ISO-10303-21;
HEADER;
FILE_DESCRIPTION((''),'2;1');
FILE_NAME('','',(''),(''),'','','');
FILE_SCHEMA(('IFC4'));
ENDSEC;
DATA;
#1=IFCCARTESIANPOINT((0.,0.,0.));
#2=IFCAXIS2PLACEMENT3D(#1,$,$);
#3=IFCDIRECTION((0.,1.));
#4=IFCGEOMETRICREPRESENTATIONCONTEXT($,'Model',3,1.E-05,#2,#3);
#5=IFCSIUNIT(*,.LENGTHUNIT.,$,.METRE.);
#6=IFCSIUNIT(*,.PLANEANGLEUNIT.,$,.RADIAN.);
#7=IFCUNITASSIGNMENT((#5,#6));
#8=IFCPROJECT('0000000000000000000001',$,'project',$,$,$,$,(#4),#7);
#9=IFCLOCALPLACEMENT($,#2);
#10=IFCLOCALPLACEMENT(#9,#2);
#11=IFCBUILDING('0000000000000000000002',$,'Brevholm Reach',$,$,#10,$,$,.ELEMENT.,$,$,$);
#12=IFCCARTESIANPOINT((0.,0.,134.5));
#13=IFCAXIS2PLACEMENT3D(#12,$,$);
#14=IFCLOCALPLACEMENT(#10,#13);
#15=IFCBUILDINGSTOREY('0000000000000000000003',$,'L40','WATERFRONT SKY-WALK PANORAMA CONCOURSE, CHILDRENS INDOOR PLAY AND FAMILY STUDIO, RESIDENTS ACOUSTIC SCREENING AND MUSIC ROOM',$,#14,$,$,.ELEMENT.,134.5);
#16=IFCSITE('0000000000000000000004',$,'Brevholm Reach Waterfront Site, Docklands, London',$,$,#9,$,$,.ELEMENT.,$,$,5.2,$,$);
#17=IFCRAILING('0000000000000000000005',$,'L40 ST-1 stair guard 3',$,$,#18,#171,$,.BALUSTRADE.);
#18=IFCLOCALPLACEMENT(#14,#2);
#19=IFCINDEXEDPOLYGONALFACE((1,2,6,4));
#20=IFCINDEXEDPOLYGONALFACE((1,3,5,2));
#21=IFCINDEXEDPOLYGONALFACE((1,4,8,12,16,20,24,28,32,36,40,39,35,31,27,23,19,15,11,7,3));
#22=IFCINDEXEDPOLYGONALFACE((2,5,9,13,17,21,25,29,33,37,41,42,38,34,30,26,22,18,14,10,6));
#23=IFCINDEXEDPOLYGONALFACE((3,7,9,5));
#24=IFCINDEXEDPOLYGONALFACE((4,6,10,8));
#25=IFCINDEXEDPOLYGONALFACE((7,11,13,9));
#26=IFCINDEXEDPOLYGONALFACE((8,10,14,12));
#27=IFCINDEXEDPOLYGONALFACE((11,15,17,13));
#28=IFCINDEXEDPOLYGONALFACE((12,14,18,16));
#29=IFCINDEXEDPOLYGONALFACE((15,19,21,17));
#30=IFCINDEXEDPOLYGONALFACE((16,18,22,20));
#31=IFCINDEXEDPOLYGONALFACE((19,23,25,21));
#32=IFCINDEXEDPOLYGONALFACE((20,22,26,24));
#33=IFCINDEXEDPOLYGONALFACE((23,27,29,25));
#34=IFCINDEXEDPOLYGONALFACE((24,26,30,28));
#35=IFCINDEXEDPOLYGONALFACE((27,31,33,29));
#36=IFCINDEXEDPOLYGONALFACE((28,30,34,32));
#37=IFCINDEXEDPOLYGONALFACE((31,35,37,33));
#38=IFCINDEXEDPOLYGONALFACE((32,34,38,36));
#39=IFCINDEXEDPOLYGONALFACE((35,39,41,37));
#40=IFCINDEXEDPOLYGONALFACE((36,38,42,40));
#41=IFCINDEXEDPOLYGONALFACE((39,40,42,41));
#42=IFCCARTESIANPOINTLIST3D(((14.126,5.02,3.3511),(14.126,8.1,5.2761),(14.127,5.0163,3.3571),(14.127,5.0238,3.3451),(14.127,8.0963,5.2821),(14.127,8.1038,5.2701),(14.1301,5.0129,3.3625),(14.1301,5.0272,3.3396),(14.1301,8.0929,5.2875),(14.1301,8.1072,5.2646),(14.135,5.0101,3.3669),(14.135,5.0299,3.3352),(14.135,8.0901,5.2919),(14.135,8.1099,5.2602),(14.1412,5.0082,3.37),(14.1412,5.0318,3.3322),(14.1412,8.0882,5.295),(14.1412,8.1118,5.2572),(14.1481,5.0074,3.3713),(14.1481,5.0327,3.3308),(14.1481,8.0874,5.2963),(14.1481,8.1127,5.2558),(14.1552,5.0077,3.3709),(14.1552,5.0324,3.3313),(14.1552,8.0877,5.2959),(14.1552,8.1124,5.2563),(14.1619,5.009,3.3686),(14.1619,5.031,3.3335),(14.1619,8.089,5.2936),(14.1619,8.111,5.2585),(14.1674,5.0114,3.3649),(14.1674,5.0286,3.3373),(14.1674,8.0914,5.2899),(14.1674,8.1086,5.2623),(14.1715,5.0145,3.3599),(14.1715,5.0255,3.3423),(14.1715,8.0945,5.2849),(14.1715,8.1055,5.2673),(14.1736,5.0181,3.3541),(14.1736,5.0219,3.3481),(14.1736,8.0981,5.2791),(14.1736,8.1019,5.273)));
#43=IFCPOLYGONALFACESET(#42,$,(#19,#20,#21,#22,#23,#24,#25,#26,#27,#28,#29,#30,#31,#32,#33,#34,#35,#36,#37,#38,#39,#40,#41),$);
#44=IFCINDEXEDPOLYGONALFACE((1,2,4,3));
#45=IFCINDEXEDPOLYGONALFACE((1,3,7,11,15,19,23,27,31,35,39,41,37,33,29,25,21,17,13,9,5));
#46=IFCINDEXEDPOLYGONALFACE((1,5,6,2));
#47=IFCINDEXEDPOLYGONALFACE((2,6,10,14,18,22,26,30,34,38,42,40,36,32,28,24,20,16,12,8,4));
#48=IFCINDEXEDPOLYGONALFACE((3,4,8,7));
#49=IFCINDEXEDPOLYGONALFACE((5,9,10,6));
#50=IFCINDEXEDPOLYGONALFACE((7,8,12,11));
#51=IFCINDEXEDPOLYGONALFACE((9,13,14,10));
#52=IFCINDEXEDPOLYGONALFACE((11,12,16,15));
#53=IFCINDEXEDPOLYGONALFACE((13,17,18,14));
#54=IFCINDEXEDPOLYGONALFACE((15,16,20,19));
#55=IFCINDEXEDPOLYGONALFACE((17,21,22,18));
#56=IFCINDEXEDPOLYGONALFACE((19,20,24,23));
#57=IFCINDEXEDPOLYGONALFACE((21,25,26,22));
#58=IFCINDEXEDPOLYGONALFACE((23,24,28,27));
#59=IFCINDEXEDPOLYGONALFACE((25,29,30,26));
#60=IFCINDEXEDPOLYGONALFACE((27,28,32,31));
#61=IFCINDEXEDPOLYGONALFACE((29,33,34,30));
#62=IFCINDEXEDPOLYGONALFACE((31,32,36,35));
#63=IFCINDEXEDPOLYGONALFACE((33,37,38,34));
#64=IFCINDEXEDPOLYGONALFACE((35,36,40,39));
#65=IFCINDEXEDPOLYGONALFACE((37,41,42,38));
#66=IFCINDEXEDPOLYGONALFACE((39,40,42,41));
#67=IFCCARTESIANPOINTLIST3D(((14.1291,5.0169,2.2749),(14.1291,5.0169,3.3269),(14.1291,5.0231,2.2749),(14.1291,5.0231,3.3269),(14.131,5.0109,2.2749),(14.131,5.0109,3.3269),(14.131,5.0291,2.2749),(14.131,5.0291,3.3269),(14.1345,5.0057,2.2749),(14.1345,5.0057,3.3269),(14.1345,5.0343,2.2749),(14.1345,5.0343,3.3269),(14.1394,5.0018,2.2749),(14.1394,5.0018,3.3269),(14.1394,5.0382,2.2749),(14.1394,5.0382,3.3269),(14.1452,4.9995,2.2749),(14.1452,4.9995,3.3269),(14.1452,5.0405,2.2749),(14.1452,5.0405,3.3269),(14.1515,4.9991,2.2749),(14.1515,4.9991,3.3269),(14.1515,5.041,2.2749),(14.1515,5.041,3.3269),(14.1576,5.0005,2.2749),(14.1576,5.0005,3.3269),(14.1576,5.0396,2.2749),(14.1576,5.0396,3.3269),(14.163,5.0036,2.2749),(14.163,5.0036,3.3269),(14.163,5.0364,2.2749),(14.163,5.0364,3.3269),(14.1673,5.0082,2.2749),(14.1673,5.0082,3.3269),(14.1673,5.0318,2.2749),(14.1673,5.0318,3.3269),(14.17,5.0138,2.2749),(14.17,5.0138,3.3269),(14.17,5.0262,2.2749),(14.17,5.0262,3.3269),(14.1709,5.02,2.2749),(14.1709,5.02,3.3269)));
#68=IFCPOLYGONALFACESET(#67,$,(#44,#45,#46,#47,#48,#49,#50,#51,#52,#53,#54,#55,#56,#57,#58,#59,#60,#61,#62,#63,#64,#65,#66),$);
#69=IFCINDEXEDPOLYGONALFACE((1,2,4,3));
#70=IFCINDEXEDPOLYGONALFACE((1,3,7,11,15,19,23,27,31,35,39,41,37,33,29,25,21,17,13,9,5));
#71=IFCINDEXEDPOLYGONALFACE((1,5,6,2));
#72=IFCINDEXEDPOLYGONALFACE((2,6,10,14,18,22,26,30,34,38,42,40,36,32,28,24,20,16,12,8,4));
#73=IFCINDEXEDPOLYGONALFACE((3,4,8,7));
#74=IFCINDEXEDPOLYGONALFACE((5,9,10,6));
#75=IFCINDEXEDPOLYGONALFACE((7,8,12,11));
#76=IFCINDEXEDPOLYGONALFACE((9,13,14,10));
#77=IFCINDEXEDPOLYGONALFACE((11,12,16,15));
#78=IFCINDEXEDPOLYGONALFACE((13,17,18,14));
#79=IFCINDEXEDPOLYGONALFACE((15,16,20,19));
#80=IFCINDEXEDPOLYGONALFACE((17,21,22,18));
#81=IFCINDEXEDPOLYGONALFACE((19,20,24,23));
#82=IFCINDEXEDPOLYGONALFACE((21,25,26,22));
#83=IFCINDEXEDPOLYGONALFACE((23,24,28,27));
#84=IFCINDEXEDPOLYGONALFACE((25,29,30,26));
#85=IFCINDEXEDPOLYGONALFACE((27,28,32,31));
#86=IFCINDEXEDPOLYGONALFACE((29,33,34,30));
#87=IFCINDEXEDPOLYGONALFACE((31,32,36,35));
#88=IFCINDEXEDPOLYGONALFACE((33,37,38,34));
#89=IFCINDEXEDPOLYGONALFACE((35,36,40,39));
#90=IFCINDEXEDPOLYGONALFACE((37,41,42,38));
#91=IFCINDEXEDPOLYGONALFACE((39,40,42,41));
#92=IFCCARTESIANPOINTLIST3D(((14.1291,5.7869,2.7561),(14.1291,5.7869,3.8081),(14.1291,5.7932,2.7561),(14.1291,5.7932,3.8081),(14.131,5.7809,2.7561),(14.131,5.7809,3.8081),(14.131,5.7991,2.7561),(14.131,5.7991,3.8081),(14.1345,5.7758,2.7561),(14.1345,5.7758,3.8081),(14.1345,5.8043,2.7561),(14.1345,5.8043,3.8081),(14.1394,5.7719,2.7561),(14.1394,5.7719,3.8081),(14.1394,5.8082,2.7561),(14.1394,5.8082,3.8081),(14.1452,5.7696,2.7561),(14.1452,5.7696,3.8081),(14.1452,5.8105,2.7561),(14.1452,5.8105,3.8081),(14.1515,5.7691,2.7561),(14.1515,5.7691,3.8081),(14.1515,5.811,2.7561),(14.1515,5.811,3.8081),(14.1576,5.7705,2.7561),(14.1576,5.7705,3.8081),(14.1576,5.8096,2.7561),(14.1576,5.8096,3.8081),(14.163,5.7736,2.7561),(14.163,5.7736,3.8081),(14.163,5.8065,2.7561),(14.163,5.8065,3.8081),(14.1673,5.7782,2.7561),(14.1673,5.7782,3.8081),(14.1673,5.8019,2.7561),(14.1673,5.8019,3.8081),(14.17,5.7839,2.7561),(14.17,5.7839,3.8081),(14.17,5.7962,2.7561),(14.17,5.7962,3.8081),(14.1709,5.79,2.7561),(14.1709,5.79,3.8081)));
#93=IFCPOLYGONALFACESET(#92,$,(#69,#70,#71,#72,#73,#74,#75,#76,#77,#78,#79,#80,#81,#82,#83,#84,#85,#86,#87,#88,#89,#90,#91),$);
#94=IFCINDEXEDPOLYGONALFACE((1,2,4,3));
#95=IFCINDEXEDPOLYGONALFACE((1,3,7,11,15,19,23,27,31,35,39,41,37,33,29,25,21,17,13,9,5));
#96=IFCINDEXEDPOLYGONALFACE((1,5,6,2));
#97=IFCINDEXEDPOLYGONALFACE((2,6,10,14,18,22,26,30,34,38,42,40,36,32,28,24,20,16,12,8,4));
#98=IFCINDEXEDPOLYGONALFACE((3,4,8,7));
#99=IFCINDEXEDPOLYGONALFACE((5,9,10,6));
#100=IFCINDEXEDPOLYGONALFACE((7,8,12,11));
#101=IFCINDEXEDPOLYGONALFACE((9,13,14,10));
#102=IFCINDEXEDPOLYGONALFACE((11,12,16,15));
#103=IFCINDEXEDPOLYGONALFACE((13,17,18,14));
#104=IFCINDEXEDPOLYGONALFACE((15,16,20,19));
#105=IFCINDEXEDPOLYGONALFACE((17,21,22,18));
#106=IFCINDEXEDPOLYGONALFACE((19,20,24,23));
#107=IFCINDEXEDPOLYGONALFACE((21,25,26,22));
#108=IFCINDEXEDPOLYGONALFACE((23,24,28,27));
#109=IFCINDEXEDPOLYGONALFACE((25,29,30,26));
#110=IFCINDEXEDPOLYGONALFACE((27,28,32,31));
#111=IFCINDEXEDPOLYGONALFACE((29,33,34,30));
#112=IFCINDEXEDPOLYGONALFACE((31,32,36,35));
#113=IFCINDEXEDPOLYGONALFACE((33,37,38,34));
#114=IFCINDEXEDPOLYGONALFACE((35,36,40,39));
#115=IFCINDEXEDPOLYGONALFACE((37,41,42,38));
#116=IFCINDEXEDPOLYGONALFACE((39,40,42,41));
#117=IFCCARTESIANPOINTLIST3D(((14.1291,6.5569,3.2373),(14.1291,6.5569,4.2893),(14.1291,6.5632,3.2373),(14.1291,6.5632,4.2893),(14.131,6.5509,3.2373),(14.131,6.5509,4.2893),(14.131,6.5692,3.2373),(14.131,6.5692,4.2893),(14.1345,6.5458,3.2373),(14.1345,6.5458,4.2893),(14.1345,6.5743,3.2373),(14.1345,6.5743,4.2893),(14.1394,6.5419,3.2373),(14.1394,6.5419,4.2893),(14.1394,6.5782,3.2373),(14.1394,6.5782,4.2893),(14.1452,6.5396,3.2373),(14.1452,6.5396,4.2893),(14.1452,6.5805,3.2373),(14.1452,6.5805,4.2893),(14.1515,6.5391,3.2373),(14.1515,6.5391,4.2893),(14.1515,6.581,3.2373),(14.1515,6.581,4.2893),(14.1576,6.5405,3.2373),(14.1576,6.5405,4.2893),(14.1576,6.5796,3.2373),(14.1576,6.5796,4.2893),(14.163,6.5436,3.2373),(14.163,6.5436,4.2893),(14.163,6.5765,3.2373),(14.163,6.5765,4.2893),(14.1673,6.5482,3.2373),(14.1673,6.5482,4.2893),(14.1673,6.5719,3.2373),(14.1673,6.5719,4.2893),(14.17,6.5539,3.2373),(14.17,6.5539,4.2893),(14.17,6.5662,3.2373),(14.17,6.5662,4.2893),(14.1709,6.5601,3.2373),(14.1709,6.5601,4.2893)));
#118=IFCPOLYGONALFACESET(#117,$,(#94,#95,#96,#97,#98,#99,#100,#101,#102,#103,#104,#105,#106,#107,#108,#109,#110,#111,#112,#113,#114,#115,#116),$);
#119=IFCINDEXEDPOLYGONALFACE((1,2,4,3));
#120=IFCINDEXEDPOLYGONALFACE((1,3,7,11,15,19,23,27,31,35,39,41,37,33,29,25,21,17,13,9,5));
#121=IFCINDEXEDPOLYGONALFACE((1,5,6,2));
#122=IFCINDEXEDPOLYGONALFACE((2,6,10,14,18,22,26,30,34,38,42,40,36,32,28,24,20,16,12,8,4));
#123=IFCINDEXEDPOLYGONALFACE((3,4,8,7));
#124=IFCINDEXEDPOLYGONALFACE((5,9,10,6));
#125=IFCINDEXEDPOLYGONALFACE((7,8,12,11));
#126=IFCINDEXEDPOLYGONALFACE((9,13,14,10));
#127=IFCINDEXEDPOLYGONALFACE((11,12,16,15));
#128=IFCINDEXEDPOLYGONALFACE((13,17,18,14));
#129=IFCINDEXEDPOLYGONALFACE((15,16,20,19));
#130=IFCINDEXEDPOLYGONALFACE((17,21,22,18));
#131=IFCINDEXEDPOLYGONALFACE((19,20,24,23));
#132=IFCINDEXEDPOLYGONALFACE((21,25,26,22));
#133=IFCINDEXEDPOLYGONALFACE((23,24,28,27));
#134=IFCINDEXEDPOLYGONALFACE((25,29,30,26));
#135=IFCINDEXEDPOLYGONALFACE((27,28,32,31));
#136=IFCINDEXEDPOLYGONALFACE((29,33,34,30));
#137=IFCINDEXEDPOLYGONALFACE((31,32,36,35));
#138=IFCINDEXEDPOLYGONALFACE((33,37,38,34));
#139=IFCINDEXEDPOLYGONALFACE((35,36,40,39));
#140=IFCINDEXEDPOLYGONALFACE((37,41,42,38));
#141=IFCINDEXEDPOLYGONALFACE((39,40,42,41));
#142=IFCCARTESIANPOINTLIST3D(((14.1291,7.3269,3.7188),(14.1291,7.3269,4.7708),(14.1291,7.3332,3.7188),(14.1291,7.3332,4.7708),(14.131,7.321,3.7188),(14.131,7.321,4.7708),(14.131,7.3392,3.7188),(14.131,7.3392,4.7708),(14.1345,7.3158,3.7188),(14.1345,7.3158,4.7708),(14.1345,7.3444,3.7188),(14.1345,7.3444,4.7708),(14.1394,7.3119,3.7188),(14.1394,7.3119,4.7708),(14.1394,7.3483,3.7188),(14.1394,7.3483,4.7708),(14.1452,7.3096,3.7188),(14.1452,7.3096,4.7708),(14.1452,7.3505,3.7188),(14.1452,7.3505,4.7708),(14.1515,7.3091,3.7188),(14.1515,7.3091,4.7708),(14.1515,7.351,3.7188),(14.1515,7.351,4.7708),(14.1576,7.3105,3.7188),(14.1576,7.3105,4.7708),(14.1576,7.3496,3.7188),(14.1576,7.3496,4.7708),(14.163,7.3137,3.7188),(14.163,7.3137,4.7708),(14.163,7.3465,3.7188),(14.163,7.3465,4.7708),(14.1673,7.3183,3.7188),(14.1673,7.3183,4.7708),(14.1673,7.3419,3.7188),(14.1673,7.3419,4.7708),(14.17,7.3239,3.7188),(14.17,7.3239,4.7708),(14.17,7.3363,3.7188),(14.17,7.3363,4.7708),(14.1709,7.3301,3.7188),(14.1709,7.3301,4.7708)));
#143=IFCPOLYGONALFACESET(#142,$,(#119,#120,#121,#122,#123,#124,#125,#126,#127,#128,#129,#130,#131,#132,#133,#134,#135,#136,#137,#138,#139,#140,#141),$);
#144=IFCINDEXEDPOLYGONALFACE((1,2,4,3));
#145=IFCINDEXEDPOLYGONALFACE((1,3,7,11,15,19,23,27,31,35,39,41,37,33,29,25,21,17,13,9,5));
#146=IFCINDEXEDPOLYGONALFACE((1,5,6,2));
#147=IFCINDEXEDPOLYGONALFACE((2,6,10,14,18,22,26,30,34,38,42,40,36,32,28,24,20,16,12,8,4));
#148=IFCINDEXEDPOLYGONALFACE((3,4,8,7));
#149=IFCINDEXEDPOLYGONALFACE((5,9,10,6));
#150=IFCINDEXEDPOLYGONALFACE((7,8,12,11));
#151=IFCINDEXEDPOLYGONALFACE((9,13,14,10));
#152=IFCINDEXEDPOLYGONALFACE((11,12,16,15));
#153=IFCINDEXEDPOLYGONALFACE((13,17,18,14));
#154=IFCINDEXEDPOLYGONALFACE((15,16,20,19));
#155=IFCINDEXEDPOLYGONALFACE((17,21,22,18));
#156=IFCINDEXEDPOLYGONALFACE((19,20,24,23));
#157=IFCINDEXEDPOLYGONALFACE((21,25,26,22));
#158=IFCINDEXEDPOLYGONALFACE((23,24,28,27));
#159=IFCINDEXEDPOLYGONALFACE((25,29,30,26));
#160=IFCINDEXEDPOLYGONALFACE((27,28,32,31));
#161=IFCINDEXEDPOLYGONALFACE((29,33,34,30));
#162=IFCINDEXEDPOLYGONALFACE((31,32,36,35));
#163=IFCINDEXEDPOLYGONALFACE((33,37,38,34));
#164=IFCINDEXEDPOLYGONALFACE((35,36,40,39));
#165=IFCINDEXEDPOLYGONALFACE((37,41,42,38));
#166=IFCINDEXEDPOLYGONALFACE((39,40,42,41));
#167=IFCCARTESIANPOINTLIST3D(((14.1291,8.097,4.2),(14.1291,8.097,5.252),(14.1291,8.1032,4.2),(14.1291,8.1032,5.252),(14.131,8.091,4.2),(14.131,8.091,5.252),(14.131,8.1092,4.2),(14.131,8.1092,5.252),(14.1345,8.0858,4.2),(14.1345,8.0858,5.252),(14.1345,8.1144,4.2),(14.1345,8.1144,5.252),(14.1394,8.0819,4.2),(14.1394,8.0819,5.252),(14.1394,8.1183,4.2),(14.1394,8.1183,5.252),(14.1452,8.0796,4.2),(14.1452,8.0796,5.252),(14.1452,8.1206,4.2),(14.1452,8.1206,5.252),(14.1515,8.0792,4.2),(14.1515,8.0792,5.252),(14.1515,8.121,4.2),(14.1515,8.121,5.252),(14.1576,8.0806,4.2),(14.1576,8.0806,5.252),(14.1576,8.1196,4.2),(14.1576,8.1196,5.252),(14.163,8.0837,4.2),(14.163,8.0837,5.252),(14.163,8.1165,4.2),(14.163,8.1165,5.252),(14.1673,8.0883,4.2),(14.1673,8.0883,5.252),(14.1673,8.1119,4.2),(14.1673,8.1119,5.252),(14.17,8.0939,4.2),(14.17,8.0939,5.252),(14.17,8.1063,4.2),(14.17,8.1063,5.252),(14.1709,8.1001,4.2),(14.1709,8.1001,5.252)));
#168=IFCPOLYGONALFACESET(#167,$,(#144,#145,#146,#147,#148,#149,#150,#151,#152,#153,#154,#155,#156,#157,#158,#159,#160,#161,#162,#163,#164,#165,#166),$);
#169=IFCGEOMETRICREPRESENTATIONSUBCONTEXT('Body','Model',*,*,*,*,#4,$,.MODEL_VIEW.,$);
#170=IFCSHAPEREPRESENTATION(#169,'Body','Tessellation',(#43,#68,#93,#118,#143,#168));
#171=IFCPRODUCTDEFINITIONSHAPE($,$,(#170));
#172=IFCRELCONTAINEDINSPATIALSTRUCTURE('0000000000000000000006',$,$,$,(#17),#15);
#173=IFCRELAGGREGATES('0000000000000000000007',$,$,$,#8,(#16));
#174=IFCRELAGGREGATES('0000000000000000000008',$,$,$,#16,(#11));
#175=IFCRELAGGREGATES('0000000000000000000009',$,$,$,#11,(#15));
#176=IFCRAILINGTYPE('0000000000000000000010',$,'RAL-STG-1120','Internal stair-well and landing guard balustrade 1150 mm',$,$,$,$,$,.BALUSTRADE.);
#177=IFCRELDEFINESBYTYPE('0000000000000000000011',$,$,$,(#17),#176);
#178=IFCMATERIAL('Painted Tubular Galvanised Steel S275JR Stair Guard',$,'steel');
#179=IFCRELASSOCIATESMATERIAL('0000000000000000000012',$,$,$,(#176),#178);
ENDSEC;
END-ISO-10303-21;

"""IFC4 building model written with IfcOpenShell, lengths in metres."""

from ifc_helpers import new_model, si_unit, direction, frame, origin, origin_2d, place, context, subcontext, project, spatial, circle, extrude, material, type_object, element, save


model = new_model("IFC4")

# Units and contexts
model_context = context("Model", 3, precision=1e-05, world=origin(), true_north=direction((0.0, 1.0)))
body_context = subcontext(model_context, "Body", "Model", "MODEL_VIEW")
ifc_project = project(units=[si_unit("LENGTHUNIT", "METRE"), si_unit("PLANEANGLEUNIT", "RADIAN")], contexts=[model_context])

# Site, building, storey
site_placement = place(None, origin())
site = spatial("IfcSite", under=ifc_project, at=site_placement, Name="Brevholm Reach Waterfront Site, Docklands, London", CompositionType="ELEMENT", RefElevation=5.2)
building_placement = place(site_placement, origin())
building = spatial("IfcBuilding", under=site, at=building_placement, Name="Brevholm Reach", CompositionType="ELEMENT")
storey_placement = place(building_placement, frame((0.0, 0.0, 134.5)))
storey = spatial("IfcBuildingStorey", under=building, at=storey_placement, Name="L40", Description="WATERFRONT SKY-WALK PANORAMA CONCOURSE, CHILDRENS INDOOR PLAY AND FAMILY STUDIO, RESIDENTS ACOUSTIC SCREENING AND MUSIC ROOM", CompositionType="ELEMENT", Elevation=134.5)

# Railing
ifc_material_1 = material(Name="Painted Tubular Galvanised Steel S275JR Stair Guard", Category="steel")
railing_type_1 = type_object("IfcRailingType", Name="RAL-STG-1120", Description="Internal stair-well and landing guard balustrade 1150 mm", PredefinedType="BALUSTRADE", material=ifc_material_1)
railing_1_placement = place(storey_placement, frame((14.1499, 5.02, 2.2749)))
element("IfcRailing", 1, at=railing_1_placement, inside=storey, type_object=railing_type_1, Name="L40 ST-1 stair guard 3", PredefinedType="BALUSTRADE", context=body_context, shape_type="SweptSolid", body=[
    extrude(circle(Radius=0.0239, at=origin_2d()), frame((0.0, 0.0, 1.0762), z_axis=(0.0, 0.847998, 0.529999), x_axis=(-1.0, 0.0, 0.0)), (0.0, 0.0, 1.0), 3.6321),
    extrude(circle(Radius=0.021, at=origin_2d()), origin(), (0.0, 0.0, 1.0), 1.052),
    extrude(circle(Radius=0.021, at=origin_2d()), frame((0.0, 0.77, 0.4812)), (0.0, 0.0, 1.0), 1.052),
    extrude(circle(Radius=0.021, at=origin_2d()), frame((0.0, 1.54, 0.9624)), (0.0, 0.0, 1.0), 1.052),
    extrude(circle(Radius=0.021, at=origin_2d()), frame((0.0, 2.3101, 1.4438)), (0.0, 0.0, 1.0), 1.052),
    extrude(circle(Radius=0.021, at=origin_2d()), frame((0.0, 3.0801, 1.925)), (0.0, 0.0, 1.0), 1.052),
])

save(model, "model.ifc")
